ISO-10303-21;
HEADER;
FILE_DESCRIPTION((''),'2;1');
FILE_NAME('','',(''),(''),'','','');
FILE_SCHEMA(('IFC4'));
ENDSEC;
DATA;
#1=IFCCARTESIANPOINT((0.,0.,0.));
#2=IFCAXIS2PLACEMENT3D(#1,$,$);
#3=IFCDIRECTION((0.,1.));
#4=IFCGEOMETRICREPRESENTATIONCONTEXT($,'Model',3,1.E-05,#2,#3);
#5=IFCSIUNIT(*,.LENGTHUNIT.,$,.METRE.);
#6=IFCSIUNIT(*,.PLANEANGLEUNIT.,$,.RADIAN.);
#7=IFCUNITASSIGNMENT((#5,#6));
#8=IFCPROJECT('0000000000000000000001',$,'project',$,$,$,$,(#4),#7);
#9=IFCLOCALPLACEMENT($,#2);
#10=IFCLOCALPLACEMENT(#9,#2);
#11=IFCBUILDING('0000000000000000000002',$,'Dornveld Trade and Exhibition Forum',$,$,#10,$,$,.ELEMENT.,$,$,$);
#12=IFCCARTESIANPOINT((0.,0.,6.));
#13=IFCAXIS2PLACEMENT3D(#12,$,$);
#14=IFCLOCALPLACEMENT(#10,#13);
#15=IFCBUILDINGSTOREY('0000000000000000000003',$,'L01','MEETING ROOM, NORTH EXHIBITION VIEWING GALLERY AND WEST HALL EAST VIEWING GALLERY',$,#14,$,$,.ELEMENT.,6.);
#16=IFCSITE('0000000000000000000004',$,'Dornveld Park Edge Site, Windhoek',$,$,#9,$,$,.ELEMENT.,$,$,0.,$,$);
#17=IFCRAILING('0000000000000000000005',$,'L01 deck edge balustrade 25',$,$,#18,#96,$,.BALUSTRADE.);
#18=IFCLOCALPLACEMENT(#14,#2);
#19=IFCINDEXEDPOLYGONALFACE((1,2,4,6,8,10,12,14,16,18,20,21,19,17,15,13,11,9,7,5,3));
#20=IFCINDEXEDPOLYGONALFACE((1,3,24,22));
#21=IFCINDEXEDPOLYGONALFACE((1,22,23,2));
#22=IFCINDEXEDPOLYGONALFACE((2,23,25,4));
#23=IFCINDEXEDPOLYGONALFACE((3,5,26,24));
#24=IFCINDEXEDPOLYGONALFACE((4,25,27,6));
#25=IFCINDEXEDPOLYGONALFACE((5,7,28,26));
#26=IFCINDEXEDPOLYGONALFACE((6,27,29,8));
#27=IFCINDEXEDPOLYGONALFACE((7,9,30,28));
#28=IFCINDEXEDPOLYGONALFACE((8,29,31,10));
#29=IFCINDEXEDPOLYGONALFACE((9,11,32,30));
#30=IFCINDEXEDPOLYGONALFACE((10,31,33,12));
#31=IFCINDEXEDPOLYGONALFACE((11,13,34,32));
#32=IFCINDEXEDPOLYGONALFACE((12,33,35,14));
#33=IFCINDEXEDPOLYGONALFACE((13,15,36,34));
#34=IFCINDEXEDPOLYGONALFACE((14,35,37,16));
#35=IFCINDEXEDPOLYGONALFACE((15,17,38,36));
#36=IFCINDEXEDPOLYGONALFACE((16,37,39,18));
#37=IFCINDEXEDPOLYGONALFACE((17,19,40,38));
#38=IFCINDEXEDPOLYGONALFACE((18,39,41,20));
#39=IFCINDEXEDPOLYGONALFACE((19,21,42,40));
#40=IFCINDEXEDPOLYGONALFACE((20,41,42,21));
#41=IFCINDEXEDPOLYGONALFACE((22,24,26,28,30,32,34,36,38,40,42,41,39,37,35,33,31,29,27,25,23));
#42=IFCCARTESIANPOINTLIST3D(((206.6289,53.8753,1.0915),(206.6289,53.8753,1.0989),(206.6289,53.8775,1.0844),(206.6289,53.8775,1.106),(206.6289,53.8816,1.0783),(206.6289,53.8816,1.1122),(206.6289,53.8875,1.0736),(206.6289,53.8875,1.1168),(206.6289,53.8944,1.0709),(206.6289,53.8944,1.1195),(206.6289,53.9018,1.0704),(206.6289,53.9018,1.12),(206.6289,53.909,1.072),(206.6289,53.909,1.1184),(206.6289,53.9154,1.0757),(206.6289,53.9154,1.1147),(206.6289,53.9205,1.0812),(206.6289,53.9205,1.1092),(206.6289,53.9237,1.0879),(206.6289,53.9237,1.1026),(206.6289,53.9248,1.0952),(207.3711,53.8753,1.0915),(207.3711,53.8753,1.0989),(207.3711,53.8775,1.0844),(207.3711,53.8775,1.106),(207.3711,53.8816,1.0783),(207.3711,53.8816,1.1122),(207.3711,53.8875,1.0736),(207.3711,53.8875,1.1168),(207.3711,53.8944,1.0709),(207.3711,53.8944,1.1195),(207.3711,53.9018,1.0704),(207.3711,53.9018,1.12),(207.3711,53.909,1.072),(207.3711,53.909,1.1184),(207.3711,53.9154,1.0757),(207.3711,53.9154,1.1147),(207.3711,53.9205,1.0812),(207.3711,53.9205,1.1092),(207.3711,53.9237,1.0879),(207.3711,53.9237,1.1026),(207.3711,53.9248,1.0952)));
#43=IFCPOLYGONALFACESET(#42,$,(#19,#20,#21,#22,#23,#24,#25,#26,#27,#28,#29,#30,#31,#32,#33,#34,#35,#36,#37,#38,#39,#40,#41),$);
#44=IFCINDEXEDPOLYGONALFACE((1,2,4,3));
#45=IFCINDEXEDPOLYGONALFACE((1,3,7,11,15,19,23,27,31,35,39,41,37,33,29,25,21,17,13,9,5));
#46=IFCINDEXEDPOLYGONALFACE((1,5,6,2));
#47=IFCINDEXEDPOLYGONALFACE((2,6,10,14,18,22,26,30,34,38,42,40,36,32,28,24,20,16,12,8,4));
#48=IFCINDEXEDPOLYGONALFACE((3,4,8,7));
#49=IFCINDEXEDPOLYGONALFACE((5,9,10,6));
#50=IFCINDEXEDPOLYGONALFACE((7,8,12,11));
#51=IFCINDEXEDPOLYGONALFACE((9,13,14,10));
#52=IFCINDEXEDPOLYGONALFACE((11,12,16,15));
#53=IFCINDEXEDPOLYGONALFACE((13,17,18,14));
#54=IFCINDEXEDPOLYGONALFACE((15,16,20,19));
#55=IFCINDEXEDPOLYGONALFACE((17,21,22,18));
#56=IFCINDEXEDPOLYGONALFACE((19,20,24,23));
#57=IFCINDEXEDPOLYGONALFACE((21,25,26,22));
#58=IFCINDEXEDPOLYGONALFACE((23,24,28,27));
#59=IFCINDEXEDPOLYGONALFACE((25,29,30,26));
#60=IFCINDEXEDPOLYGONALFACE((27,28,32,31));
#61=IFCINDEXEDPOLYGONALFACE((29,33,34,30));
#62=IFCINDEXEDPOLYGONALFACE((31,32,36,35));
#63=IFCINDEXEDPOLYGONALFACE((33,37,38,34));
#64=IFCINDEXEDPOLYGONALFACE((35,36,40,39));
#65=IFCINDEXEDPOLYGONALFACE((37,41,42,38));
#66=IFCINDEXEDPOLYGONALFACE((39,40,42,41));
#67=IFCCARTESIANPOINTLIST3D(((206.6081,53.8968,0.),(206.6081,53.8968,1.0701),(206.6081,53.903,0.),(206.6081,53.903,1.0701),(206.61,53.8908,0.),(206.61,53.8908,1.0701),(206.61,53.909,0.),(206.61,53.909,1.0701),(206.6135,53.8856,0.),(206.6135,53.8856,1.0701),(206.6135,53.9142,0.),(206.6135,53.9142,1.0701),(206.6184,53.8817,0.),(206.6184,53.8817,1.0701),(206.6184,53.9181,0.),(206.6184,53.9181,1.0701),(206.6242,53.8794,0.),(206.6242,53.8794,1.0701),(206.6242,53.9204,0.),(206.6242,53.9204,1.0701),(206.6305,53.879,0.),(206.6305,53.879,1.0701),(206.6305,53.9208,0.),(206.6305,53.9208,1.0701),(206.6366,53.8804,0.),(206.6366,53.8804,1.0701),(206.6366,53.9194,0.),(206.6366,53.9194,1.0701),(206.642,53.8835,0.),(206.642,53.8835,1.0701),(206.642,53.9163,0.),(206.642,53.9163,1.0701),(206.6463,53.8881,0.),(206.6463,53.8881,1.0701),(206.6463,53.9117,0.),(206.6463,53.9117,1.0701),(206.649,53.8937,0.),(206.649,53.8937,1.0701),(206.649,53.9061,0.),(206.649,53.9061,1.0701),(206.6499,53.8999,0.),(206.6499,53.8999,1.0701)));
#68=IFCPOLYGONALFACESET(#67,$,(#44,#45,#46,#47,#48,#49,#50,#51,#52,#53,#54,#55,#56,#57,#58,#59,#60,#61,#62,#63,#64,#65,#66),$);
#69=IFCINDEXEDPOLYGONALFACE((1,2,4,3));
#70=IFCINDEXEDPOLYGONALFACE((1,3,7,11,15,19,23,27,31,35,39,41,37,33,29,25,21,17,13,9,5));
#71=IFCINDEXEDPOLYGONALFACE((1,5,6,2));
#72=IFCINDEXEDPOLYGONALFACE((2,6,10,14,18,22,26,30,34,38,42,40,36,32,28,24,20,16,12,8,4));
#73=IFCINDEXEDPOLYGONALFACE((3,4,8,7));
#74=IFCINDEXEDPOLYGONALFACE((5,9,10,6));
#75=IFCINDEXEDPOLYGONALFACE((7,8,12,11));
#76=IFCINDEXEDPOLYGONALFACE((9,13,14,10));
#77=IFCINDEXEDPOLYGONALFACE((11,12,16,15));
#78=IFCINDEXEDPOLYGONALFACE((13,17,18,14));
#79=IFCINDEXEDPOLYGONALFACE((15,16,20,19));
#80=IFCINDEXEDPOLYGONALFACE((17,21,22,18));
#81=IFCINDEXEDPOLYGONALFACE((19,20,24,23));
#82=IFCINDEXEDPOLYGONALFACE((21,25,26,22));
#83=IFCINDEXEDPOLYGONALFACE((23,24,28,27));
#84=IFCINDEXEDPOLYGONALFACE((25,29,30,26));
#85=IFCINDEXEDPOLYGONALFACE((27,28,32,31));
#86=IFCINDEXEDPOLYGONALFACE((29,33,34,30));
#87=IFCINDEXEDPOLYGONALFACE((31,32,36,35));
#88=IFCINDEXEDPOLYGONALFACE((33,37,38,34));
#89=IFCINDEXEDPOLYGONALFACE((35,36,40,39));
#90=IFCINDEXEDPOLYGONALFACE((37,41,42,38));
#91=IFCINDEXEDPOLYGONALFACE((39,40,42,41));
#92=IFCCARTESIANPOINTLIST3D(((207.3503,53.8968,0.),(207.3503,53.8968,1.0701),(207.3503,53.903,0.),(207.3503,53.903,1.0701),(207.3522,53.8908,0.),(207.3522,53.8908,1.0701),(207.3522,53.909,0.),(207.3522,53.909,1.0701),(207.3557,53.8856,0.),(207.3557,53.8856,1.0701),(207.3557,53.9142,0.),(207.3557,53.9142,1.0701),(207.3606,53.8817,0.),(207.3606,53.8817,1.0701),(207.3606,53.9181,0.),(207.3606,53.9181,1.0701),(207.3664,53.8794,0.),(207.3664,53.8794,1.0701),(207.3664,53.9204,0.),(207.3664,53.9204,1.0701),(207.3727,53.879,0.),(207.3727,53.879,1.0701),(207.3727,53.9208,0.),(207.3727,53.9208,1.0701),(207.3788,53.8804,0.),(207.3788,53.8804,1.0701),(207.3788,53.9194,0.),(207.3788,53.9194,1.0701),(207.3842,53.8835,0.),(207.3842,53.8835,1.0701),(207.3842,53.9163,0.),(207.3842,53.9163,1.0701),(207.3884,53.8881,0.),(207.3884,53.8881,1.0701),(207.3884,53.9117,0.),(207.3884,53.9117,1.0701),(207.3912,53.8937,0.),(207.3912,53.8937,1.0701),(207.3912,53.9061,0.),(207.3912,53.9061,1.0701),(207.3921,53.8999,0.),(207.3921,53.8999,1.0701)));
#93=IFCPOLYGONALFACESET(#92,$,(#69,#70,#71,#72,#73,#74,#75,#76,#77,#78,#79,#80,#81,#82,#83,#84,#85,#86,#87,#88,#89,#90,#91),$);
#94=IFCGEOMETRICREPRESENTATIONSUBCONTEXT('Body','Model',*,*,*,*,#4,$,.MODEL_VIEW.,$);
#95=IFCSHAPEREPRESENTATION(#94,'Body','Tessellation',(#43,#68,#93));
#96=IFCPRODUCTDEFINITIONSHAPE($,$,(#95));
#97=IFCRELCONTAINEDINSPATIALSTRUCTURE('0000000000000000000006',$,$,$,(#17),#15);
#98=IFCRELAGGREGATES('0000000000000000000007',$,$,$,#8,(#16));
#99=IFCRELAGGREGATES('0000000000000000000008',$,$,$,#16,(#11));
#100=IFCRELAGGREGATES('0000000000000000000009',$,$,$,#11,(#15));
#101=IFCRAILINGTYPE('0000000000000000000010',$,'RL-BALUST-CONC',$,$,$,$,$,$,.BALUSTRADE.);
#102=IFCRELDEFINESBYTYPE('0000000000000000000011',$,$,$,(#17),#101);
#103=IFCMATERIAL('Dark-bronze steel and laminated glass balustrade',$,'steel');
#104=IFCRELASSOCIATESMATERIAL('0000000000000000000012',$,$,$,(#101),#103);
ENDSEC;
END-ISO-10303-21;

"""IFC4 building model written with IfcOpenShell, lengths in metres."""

from ifc_helpers import new_model, si_unit, direction, frame, origin, origin_2d, place, context, subcontext, project, spatial, circle, extrude, material, type_object, element, save


model = new_model("IFC4")

# Units and contexts
model_context = context("Model", 3, precision=1e-05, world=origin(), true_north=direction((0.0, 1.0)))
body_context = subcontext(model_context, "Body", "Model", "MODEL_VIEW")
ifc_project = project(units=[si_unit("LENGTHUNIT", "METRE"), si_unit("PLANEANGLEUNIT", "RADIAN")], contexts=[model_context])

# Site, building, storey
site_placement = place(None, origin())
site = spatial("IfcSite", under=ifc_project, at=site_placement, Name="Dornveld Park Edge Site, Windhoek", CompositionType="ELEMENT", RefElevation=0.0)
building_placement = place(site_placement, origin())
building = spatial("IfcBuilding", under=site, at=building_placement, Name="Dornveld Trade and Exhibition Forum", CompositionType="ELEMENT")
storey_placement = place(building_placement, frame((0.0, 0.0, 6.0)))
storey = spatial("IfcBuildingStorey", under=building, at=storey_placement, Name="L01", Description="MEETING ROOM, NORTH EXHIBITION VIEWING GALLERY AND WEST HALL EAST VIEWING GALLERY", CompositionType="ELEMENT", Elevation=6.0)

# Railing
ifc_material_1 = material(Name="Dark-bronze steel and laminated glass balustrade", Category="steel")
railing_type = type_object("IfcRailingType", Name="RL-BALUST-CONC", PredefinedType="BALUSTRADE", material=ifc_material_1)
railing_1_placement = place(storey_placement, frame((206.6289, 53.8999, 0.0)))
element("IfcRailing", 1, at=railing_1_placement, inside=storey, type_object=railing_type, Name="L01 deck edge balustrade 25", PredefinedType="BALUSTRADE", context=body_context, shape_type="SweptSolid", body=[
    extrude(circle(Radius=0.0249, at=origin_2d()), frame((0.0, 0.0, 1.0952), z_axis=(1.0, 0.0, 0.0), x_axis=(0.0, 1.0, 0.0)), (0.0, 0.0, 1.0), 0.7422),
    extrude(circle(Radius=0.021, at=origin_2d()), origin(), (0.0, 0.0, 1.0), 1.0701),
    extrude(circle(Radius=0.021, at=origin_2d()), frame((0.7422, 0.0, 0.0)), (0.0, 0.0, 1.0), 1.0701),
])

save(model, "model.ifc")
